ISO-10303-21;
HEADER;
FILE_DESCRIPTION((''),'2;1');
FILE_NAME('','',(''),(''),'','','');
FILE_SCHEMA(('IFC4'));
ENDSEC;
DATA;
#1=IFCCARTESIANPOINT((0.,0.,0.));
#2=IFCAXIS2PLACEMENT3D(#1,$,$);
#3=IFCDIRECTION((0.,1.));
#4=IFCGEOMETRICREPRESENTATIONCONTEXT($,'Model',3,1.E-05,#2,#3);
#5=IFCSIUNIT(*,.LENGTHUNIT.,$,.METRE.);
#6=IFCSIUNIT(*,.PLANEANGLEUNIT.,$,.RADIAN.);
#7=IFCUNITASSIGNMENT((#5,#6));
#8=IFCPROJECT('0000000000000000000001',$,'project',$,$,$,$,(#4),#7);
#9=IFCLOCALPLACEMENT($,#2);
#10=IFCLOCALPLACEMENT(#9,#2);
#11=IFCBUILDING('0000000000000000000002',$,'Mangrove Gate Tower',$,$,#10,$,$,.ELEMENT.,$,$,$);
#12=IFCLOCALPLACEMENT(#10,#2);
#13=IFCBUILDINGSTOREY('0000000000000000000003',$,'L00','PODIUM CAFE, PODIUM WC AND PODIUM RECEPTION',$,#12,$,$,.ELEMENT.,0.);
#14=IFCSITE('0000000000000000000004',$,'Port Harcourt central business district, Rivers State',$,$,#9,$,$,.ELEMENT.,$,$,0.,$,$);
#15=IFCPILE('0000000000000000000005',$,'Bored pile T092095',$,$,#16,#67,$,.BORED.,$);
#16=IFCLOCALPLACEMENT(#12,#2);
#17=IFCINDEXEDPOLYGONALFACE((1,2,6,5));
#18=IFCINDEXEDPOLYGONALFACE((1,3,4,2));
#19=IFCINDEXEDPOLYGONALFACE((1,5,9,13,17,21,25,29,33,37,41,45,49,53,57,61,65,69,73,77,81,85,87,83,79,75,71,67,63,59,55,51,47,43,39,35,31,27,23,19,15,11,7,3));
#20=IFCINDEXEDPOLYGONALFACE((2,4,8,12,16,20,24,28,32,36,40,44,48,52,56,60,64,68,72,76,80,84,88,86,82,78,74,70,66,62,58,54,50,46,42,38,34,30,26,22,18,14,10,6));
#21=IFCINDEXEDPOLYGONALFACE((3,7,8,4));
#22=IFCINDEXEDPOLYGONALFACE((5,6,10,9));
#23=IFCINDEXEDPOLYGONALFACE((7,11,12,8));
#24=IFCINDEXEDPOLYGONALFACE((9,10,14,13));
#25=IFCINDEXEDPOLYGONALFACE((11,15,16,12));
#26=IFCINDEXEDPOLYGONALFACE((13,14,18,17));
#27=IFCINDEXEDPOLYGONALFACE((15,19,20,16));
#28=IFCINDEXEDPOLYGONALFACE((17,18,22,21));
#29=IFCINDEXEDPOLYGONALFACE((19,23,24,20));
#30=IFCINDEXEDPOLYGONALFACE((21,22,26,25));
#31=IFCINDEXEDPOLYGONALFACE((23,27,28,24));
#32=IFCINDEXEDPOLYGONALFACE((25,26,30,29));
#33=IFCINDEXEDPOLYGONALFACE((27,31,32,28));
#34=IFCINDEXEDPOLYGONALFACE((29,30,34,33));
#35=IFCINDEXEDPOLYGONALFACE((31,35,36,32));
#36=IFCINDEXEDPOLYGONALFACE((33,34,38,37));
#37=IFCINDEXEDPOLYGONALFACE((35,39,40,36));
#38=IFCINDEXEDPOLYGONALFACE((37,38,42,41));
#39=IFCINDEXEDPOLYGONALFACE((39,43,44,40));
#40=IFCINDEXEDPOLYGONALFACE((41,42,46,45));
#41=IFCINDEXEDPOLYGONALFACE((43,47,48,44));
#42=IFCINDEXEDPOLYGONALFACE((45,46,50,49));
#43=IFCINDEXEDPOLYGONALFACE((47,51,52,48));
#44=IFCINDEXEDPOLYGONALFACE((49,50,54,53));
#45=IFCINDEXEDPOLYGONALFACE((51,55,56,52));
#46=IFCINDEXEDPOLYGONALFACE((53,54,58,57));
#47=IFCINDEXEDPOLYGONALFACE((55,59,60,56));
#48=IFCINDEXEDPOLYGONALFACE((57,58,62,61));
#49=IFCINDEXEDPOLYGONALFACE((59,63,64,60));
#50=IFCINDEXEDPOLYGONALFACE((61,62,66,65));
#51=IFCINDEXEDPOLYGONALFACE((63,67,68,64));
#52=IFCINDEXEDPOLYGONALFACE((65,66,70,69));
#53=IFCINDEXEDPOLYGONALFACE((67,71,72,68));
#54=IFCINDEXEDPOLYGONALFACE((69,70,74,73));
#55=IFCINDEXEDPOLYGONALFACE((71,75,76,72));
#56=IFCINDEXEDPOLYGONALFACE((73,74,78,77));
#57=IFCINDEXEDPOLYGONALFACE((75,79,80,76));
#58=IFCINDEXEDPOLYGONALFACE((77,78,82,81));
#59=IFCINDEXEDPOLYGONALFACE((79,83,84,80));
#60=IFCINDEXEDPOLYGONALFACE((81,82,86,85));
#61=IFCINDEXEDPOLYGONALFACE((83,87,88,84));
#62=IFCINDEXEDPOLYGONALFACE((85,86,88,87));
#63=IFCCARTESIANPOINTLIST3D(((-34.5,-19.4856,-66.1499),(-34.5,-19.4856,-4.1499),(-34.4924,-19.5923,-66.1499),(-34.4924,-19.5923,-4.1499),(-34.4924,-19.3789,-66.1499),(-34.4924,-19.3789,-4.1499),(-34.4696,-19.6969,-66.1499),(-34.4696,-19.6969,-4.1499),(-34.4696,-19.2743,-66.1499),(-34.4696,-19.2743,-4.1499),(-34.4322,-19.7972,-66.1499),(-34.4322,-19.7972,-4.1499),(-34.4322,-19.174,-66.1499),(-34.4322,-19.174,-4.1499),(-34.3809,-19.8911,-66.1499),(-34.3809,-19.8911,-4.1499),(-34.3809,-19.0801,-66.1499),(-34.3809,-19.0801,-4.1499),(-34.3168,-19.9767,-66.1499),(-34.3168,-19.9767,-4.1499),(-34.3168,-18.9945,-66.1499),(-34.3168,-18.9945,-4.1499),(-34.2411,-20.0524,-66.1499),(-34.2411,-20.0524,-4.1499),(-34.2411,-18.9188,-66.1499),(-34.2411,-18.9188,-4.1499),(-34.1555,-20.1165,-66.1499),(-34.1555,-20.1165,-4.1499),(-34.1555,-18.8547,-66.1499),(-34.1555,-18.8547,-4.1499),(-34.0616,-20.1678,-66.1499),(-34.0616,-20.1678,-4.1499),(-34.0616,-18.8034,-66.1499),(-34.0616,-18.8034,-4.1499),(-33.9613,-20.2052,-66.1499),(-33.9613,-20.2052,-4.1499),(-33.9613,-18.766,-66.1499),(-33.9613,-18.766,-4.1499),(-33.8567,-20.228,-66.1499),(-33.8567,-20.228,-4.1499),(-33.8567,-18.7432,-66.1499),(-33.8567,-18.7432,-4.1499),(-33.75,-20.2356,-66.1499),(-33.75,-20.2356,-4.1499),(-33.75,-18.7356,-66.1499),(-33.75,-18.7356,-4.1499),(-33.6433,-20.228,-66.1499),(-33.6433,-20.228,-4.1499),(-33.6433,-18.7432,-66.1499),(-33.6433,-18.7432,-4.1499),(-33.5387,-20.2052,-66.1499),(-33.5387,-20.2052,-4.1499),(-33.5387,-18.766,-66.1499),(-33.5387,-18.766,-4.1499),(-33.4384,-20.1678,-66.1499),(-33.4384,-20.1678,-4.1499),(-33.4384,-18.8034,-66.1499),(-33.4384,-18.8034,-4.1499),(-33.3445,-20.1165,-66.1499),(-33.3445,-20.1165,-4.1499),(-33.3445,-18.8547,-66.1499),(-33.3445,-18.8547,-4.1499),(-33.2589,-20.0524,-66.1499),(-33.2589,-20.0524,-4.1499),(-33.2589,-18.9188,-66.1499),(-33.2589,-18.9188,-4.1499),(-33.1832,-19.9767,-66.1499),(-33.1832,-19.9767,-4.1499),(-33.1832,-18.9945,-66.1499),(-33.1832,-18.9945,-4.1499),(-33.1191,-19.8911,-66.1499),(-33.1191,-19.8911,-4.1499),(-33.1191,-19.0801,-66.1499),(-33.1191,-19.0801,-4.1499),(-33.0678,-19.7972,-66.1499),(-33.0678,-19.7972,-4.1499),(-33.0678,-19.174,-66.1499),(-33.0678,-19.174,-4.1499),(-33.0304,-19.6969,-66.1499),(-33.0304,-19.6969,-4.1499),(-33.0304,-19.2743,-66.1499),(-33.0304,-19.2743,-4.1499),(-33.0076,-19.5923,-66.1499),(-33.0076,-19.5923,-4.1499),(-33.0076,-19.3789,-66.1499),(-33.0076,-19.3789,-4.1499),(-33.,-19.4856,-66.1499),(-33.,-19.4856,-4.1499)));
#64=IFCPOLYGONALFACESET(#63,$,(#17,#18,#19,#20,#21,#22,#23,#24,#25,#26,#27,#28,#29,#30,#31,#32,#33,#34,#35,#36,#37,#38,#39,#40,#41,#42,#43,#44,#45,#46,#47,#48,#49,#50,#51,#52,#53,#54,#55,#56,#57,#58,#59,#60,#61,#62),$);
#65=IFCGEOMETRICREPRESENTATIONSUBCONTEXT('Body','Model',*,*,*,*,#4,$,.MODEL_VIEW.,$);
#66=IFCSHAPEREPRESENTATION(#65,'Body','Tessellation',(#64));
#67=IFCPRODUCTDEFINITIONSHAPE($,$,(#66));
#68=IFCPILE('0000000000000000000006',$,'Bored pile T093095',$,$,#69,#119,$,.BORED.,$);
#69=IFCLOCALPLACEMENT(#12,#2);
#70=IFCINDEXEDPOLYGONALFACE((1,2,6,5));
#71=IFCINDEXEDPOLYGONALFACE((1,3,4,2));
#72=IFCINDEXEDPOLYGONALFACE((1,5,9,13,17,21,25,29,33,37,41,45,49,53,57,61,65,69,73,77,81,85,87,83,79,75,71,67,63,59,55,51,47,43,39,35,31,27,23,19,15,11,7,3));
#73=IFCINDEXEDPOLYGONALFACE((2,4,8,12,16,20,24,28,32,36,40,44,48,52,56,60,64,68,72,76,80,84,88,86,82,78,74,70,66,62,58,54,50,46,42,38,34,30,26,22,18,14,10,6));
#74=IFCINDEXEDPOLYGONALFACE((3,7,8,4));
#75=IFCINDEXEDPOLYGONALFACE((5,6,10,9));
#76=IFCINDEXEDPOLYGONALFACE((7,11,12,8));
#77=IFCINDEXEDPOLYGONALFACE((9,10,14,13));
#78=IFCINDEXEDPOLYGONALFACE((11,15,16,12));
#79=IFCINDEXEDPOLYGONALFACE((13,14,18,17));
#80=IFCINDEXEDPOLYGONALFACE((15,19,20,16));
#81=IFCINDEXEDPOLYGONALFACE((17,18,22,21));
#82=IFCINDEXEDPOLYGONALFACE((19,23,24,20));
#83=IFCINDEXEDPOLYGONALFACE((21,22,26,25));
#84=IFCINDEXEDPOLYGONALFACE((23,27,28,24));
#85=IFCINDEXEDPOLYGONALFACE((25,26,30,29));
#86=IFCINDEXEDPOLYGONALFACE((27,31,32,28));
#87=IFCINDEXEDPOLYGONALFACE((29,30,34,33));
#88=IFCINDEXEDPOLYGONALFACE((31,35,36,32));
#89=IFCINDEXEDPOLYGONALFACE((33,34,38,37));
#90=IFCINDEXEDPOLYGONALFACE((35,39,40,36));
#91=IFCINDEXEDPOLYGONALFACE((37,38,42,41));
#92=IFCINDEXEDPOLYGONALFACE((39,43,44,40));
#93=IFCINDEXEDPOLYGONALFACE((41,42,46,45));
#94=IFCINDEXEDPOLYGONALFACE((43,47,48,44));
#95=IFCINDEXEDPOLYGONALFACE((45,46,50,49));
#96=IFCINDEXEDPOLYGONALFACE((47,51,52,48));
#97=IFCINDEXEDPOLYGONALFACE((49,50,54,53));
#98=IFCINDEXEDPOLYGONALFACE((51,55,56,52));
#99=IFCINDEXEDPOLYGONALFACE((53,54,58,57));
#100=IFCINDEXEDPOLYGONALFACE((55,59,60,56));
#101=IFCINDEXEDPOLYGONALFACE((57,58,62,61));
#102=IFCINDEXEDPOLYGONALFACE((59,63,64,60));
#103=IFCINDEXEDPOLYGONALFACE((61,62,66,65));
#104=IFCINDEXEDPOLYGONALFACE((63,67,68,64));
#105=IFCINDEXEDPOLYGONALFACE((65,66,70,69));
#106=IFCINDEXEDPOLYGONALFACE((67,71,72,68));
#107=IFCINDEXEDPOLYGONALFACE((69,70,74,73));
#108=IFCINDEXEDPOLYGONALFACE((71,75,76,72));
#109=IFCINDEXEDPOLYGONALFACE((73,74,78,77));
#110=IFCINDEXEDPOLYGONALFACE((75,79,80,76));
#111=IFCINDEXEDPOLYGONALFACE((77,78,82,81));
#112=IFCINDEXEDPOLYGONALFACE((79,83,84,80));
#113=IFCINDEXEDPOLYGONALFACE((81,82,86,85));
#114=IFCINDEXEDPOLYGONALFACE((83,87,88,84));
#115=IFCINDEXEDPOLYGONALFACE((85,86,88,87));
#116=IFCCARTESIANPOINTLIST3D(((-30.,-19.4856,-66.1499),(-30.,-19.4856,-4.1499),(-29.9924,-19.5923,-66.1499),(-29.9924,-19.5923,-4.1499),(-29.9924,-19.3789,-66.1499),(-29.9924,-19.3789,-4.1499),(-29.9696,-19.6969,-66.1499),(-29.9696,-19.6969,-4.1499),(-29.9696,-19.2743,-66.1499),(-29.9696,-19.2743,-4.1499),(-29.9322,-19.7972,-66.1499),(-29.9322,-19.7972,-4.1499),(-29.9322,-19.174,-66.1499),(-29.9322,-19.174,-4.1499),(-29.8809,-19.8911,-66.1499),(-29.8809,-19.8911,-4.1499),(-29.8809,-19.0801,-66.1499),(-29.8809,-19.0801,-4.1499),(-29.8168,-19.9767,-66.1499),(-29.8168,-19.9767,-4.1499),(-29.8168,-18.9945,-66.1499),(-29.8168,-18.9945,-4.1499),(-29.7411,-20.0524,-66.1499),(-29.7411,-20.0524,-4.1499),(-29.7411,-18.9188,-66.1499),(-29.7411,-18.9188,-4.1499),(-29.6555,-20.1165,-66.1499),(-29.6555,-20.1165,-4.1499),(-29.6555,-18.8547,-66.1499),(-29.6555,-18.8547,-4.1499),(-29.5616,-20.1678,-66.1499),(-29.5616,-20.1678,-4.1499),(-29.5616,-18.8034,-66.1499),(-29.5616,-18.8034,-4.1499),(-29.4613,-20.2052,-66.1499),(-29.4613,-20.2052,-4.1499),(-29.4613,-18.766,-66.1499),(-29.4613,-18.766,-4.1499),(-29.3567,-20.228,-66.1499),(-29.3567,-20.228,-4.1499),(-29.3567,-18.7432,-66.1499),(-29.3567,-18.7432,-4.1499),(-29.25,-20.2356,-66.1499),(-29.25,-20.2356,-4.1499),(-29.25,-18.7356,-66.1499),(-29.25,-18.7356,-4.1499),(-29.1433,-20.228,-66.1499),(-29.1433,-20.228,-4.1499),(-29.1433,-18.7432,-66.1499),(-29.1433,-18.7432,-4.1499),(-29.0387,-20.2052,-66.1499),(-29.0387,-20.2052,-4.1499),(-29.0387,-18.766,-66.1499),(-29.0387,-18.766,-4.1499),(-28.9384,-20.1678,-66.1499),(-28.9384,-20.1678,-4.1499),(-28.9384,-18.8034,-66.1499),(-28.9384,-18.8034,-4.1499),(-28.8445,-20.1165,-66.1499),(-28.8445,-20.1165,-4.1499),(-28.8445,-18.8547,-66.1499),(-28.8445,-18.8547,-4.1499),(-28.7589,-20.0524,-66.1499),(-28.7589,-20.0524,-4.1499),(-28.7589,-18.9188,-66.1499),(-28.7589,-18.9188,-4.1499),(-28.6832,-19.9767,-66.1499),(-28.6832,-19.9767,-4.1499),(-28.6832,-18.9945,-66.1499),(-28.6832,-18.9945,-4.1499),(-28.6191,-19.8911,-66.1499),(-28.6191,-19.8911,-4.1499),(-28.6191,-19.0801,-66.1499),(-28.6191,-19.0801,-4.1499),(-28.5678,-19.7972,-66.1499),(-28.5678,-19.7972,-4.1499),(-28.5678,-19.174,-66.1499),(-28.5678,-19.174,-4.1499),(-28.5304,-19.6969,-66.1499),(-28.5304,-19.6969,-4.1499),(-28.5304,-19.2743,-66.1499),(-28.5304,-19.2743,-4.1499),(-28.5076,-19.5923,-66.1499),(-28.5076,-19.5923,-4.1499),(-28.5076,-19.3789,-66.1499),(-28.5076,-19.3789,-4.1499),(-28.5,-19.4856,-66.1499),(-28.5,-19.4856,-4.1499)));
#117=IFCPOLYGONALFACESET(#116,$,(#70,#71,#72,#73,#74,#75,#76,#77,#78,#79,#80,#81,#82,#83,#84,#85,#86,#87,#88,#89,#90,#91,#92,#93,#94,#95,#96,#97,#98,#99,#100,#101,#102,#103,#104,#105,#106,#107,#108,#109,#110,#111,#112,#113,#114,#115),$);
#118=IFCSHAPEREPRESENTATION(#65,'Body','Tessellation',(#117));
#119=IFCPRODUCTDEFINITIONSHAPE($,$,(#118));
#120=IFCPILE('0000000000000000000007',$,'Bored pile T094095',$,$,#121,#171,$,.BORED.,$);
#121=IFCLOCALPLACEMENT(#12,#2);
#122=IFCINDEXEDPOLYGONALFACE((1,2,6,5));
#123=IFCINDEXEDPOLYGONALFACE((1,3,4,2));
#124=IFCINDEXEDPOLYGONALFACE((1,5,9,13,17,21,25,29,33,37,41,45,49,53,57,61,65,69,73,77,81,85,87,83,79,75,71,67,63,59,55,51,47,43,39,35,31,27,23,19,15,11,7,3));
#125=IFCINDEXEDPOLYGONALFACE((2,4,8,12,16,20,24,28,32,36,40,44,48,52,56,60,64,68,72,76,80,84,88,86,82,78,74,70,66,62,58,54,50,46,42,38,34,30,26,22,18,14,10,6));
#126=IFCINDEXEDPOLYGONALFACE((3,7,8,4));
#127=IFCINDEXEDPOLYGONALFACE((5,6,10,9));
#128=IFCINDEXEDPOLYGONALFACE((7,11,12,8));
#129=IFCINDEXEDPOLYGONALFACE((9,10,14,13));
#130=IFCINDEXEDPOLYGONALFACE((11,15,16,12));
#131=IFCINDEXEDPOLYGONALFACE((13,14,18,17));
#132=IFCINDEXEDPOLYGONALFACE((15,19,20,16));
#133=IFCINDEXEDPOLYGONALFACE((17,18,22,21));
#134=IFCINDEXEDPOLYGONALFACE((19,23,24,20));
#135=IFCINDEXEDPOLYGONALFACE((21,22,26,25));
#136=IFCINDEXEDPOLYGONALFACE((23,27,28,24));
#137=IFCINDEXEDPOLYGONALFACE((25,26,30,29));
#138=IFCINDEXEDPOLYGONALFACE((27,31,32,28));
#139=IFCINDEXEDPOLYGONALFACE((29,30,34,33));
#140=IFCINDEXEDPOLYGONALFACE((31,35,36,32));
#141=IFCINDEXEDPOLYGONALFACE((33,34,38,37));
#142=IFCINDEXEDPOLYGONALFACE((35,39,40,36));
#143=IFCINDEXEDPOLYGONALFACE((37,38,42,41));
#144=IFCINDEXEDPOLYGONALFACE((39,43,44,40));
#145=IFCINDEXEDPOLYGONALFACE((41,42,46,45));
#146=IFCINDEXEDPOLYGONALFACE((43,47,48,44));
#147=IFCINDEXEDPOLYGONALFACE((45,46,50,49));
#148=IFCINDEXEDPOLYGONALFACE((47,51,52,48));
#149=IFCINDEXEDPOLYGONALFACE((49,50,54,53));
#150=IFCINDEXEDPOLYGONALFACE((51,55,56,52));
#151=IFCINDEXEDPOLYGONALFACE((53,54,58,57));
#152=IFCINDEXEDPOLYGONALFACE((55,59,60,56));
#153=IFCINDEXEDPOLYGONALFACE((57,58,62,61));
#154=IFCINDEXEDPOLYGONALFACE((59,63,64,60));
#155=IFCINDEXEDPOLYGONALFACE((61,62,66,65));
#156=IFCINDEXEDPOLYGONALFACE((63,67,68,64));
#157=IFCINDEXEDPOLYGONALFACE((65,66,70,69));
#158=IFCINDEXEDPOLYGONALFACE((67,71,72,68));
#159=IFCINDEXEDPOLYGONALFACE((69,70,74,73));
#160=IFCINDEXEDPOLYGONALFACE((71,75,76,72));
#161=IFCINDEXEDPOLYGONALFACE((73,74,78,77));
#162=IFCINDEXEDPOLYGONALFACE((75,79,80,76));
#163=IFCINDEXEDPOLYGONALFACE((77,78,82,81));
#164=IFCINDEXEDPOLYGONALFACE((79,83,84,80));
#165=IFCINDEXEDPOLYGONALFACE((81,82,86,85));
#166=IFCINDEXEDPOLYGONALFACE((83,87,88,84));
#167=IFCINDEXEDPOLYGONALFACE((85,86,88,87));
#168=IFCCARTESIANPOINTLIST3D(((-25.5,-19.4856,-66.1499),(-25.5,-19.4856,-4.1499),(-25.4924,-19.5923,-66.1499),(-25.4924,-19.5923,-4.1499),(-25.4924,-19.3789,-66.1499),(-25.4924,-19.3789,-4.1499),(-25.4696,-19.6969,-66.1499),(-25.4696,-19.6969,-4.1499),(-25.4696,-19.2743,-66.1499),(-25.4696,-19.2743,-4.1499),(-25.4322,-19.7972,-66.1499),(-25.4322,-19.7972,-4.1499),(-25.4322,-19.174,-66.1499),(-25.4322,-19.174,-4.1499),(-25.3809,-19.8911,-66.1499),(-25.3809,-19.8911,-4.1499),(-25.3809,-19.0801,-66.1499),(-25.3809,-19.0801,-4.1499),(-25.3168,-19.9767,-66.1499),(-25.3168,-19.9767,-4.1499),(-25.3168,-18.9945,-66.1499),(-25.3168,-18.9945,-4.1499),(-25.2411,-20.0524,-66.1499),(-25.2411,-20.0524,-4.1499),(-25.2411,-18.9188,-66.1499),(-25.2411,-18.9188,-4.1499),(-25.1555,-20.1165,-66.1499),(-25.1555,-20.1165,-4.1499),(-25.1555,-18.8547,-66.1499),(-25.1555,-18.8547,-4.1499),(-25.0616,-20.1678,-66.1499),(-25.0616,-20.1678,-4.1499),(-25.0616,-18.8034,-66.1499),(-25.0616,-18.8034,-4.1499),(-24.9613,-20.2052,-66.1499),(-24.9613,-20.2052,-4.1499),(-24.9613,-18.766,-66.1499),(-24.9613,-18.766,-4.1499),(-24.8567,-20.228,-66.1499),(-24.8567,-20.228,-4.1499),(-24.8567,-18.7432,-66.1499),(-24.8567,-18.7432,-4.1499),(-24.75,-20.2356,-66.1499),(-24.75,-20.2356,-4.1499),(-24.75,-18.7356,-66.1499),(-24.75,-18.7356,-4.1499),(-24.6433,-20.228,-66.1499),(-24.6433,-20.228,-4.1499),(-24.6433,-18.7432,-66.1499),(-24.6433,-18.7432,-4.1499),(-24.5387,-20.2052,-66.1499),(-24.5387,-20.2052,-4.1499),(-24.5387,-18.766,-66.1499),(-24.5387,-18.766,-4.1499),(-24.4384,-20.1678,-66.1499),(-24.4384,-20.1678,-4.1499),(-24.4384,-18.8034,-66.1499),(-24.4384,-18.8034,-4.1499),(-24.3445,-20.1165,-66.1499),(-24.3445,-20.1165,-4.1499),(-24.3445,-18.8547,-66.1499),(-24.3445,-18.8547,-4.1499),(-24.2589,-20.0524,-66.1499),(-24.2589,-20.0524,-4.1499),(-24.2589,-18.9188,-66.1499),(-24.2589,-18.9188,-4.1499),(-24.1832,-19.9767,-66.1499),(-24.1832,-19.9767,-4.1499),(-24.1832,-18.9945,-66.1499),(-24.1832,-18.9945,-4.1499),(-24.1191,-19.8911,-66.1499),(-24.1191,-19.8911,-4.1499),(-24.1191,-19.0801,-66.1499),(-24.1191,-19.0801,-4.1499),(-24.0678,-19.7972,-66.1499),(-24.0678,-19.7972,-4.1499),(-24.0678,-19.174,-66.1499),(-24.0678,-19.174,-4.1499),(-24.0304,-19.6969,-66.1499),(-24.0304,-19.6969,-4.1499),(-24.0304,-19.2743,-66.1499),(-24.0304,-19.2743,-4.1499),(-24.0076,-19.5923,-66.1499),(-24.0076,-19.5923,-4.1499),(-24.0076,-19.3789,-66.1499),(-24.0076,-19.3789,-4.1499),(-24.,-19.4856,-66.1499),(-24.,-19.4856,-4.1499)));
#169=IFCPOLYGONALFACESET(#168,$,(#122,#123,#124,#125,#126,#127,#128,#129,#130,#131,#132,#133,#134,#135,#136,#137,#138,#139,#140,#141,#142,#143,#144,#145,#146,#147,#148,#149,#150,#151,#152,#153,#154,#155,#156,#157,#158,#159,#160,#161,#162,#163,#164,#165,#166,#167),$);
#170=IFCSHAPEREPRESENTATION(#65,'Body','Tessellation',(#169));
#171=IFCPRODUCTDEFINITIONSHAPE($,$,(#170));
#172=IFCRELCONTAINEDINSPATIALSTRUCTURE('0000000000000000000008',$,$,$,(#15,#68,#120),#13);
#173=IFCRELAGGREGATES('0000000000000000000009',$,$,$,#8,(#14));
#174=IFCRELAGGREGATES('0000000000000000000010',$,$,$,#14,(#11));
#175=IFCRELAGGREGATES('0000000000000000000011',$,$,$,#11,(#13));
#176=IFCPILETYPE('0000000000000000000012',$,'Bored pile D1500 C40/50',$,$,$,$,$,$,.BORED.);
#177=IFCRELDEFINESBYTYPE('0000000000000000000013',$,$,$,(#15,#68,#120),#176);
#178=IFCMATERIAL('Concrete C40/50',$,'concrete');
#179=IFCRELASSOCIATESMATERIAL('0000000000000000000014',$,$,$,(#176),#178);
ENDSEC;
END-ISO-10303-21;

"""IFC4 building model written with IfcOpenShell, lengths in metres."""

from ifc_helpers import new_model, si_unit, direction, frame, origin, origin_2d, place, context, subcontext, project, spatial, circle, extrude, material, material_profile, profile_set, type_object, element, save


model = new_model("IFC4")

# Units and contexts
model_context = context("Model", 3, precision=1e-05, world=origin(), true_north=direction((0.0, 1.0)))
body_context = subcontext(model_context, "Body", "Model", "MODEL_VIEW")
ifc_project = project(units=[si_unit("LENGTHUNIT", "METRE"), si_unit("PLANEANGLEUNIT", "RADIAN")], contexts=[model_context])

# Site, building, storey
site_placement = place(None, origin())
site = spatial("IfcSite", under=ifc_project, at=site_placement, Name="Port Harcourt central business district, Rivers State", CompositionType="ELEMENT", RefElevation=0.0)
building_placement = place(site_placement, origin())
building = spatial("IfcBuilding", under=site, at=building_placement, Name="Mangrove Gate Tower", CompositionType="ELEMENT")
storey_placement = place(building_placement, origin())
storey = spatial("IfcBuildingStorey", under=building, at=storey_placement, Name="L00", Description="PODIUM CAFE, PODIUM WC AND PODIUM RECEPTION", CompositionType="ELEMENT", Elevation=0.0)

# Piles
ifc_material_1 = material(Name="Concrete C40/50", Category="concrete")
ifc_material_profile_1 = material_profile(ifc_material_1, circle(Radius=0.75, at=origin_2d()))
ifc_profile_set_1 = profile_set([ifc_material_profile_1], Name="Concrete C40/50")
pile_type = type_object("IfcPileType", Name="Bored pile D1500 C40/50", PredefinedType="BORED", material=ifc_profile_set_1)
for number, where, z_axis, x_axis, name in (
    (1, (-33.75, -19.4856, -4.1499), (0.0, 0.0, -1.0), (1.0, 0.0, 0.0), "Bored pile T092095"),
    (2, (-29.25, -19.4856, -4.1499), (0.0, 0.0, -1.0), (1.0, 0.0, 0.0), "Bored pile T093095"),
    (3, (-24.75, -19.4856, -4.1499), (0.0, 0.0, -1.0), (1.0, 0.0, 0.0), "Bored pile T094095"),
):
    element("IfcPile", number, at=place(storey_placement, frame(where, z_axis=z_axis, x_axis=x_axis)), inside=storey, type_object=pile_type, Name=name, PredefinedType="BORED", context=body_context, shape_type="SweptSolid", body=[
        extrude(circle(Radius=0.75, at=origin_2d()), origin(), (0.0, 0.0, 1.0), 62.0),
    ])

save(model, "model.ifc")
